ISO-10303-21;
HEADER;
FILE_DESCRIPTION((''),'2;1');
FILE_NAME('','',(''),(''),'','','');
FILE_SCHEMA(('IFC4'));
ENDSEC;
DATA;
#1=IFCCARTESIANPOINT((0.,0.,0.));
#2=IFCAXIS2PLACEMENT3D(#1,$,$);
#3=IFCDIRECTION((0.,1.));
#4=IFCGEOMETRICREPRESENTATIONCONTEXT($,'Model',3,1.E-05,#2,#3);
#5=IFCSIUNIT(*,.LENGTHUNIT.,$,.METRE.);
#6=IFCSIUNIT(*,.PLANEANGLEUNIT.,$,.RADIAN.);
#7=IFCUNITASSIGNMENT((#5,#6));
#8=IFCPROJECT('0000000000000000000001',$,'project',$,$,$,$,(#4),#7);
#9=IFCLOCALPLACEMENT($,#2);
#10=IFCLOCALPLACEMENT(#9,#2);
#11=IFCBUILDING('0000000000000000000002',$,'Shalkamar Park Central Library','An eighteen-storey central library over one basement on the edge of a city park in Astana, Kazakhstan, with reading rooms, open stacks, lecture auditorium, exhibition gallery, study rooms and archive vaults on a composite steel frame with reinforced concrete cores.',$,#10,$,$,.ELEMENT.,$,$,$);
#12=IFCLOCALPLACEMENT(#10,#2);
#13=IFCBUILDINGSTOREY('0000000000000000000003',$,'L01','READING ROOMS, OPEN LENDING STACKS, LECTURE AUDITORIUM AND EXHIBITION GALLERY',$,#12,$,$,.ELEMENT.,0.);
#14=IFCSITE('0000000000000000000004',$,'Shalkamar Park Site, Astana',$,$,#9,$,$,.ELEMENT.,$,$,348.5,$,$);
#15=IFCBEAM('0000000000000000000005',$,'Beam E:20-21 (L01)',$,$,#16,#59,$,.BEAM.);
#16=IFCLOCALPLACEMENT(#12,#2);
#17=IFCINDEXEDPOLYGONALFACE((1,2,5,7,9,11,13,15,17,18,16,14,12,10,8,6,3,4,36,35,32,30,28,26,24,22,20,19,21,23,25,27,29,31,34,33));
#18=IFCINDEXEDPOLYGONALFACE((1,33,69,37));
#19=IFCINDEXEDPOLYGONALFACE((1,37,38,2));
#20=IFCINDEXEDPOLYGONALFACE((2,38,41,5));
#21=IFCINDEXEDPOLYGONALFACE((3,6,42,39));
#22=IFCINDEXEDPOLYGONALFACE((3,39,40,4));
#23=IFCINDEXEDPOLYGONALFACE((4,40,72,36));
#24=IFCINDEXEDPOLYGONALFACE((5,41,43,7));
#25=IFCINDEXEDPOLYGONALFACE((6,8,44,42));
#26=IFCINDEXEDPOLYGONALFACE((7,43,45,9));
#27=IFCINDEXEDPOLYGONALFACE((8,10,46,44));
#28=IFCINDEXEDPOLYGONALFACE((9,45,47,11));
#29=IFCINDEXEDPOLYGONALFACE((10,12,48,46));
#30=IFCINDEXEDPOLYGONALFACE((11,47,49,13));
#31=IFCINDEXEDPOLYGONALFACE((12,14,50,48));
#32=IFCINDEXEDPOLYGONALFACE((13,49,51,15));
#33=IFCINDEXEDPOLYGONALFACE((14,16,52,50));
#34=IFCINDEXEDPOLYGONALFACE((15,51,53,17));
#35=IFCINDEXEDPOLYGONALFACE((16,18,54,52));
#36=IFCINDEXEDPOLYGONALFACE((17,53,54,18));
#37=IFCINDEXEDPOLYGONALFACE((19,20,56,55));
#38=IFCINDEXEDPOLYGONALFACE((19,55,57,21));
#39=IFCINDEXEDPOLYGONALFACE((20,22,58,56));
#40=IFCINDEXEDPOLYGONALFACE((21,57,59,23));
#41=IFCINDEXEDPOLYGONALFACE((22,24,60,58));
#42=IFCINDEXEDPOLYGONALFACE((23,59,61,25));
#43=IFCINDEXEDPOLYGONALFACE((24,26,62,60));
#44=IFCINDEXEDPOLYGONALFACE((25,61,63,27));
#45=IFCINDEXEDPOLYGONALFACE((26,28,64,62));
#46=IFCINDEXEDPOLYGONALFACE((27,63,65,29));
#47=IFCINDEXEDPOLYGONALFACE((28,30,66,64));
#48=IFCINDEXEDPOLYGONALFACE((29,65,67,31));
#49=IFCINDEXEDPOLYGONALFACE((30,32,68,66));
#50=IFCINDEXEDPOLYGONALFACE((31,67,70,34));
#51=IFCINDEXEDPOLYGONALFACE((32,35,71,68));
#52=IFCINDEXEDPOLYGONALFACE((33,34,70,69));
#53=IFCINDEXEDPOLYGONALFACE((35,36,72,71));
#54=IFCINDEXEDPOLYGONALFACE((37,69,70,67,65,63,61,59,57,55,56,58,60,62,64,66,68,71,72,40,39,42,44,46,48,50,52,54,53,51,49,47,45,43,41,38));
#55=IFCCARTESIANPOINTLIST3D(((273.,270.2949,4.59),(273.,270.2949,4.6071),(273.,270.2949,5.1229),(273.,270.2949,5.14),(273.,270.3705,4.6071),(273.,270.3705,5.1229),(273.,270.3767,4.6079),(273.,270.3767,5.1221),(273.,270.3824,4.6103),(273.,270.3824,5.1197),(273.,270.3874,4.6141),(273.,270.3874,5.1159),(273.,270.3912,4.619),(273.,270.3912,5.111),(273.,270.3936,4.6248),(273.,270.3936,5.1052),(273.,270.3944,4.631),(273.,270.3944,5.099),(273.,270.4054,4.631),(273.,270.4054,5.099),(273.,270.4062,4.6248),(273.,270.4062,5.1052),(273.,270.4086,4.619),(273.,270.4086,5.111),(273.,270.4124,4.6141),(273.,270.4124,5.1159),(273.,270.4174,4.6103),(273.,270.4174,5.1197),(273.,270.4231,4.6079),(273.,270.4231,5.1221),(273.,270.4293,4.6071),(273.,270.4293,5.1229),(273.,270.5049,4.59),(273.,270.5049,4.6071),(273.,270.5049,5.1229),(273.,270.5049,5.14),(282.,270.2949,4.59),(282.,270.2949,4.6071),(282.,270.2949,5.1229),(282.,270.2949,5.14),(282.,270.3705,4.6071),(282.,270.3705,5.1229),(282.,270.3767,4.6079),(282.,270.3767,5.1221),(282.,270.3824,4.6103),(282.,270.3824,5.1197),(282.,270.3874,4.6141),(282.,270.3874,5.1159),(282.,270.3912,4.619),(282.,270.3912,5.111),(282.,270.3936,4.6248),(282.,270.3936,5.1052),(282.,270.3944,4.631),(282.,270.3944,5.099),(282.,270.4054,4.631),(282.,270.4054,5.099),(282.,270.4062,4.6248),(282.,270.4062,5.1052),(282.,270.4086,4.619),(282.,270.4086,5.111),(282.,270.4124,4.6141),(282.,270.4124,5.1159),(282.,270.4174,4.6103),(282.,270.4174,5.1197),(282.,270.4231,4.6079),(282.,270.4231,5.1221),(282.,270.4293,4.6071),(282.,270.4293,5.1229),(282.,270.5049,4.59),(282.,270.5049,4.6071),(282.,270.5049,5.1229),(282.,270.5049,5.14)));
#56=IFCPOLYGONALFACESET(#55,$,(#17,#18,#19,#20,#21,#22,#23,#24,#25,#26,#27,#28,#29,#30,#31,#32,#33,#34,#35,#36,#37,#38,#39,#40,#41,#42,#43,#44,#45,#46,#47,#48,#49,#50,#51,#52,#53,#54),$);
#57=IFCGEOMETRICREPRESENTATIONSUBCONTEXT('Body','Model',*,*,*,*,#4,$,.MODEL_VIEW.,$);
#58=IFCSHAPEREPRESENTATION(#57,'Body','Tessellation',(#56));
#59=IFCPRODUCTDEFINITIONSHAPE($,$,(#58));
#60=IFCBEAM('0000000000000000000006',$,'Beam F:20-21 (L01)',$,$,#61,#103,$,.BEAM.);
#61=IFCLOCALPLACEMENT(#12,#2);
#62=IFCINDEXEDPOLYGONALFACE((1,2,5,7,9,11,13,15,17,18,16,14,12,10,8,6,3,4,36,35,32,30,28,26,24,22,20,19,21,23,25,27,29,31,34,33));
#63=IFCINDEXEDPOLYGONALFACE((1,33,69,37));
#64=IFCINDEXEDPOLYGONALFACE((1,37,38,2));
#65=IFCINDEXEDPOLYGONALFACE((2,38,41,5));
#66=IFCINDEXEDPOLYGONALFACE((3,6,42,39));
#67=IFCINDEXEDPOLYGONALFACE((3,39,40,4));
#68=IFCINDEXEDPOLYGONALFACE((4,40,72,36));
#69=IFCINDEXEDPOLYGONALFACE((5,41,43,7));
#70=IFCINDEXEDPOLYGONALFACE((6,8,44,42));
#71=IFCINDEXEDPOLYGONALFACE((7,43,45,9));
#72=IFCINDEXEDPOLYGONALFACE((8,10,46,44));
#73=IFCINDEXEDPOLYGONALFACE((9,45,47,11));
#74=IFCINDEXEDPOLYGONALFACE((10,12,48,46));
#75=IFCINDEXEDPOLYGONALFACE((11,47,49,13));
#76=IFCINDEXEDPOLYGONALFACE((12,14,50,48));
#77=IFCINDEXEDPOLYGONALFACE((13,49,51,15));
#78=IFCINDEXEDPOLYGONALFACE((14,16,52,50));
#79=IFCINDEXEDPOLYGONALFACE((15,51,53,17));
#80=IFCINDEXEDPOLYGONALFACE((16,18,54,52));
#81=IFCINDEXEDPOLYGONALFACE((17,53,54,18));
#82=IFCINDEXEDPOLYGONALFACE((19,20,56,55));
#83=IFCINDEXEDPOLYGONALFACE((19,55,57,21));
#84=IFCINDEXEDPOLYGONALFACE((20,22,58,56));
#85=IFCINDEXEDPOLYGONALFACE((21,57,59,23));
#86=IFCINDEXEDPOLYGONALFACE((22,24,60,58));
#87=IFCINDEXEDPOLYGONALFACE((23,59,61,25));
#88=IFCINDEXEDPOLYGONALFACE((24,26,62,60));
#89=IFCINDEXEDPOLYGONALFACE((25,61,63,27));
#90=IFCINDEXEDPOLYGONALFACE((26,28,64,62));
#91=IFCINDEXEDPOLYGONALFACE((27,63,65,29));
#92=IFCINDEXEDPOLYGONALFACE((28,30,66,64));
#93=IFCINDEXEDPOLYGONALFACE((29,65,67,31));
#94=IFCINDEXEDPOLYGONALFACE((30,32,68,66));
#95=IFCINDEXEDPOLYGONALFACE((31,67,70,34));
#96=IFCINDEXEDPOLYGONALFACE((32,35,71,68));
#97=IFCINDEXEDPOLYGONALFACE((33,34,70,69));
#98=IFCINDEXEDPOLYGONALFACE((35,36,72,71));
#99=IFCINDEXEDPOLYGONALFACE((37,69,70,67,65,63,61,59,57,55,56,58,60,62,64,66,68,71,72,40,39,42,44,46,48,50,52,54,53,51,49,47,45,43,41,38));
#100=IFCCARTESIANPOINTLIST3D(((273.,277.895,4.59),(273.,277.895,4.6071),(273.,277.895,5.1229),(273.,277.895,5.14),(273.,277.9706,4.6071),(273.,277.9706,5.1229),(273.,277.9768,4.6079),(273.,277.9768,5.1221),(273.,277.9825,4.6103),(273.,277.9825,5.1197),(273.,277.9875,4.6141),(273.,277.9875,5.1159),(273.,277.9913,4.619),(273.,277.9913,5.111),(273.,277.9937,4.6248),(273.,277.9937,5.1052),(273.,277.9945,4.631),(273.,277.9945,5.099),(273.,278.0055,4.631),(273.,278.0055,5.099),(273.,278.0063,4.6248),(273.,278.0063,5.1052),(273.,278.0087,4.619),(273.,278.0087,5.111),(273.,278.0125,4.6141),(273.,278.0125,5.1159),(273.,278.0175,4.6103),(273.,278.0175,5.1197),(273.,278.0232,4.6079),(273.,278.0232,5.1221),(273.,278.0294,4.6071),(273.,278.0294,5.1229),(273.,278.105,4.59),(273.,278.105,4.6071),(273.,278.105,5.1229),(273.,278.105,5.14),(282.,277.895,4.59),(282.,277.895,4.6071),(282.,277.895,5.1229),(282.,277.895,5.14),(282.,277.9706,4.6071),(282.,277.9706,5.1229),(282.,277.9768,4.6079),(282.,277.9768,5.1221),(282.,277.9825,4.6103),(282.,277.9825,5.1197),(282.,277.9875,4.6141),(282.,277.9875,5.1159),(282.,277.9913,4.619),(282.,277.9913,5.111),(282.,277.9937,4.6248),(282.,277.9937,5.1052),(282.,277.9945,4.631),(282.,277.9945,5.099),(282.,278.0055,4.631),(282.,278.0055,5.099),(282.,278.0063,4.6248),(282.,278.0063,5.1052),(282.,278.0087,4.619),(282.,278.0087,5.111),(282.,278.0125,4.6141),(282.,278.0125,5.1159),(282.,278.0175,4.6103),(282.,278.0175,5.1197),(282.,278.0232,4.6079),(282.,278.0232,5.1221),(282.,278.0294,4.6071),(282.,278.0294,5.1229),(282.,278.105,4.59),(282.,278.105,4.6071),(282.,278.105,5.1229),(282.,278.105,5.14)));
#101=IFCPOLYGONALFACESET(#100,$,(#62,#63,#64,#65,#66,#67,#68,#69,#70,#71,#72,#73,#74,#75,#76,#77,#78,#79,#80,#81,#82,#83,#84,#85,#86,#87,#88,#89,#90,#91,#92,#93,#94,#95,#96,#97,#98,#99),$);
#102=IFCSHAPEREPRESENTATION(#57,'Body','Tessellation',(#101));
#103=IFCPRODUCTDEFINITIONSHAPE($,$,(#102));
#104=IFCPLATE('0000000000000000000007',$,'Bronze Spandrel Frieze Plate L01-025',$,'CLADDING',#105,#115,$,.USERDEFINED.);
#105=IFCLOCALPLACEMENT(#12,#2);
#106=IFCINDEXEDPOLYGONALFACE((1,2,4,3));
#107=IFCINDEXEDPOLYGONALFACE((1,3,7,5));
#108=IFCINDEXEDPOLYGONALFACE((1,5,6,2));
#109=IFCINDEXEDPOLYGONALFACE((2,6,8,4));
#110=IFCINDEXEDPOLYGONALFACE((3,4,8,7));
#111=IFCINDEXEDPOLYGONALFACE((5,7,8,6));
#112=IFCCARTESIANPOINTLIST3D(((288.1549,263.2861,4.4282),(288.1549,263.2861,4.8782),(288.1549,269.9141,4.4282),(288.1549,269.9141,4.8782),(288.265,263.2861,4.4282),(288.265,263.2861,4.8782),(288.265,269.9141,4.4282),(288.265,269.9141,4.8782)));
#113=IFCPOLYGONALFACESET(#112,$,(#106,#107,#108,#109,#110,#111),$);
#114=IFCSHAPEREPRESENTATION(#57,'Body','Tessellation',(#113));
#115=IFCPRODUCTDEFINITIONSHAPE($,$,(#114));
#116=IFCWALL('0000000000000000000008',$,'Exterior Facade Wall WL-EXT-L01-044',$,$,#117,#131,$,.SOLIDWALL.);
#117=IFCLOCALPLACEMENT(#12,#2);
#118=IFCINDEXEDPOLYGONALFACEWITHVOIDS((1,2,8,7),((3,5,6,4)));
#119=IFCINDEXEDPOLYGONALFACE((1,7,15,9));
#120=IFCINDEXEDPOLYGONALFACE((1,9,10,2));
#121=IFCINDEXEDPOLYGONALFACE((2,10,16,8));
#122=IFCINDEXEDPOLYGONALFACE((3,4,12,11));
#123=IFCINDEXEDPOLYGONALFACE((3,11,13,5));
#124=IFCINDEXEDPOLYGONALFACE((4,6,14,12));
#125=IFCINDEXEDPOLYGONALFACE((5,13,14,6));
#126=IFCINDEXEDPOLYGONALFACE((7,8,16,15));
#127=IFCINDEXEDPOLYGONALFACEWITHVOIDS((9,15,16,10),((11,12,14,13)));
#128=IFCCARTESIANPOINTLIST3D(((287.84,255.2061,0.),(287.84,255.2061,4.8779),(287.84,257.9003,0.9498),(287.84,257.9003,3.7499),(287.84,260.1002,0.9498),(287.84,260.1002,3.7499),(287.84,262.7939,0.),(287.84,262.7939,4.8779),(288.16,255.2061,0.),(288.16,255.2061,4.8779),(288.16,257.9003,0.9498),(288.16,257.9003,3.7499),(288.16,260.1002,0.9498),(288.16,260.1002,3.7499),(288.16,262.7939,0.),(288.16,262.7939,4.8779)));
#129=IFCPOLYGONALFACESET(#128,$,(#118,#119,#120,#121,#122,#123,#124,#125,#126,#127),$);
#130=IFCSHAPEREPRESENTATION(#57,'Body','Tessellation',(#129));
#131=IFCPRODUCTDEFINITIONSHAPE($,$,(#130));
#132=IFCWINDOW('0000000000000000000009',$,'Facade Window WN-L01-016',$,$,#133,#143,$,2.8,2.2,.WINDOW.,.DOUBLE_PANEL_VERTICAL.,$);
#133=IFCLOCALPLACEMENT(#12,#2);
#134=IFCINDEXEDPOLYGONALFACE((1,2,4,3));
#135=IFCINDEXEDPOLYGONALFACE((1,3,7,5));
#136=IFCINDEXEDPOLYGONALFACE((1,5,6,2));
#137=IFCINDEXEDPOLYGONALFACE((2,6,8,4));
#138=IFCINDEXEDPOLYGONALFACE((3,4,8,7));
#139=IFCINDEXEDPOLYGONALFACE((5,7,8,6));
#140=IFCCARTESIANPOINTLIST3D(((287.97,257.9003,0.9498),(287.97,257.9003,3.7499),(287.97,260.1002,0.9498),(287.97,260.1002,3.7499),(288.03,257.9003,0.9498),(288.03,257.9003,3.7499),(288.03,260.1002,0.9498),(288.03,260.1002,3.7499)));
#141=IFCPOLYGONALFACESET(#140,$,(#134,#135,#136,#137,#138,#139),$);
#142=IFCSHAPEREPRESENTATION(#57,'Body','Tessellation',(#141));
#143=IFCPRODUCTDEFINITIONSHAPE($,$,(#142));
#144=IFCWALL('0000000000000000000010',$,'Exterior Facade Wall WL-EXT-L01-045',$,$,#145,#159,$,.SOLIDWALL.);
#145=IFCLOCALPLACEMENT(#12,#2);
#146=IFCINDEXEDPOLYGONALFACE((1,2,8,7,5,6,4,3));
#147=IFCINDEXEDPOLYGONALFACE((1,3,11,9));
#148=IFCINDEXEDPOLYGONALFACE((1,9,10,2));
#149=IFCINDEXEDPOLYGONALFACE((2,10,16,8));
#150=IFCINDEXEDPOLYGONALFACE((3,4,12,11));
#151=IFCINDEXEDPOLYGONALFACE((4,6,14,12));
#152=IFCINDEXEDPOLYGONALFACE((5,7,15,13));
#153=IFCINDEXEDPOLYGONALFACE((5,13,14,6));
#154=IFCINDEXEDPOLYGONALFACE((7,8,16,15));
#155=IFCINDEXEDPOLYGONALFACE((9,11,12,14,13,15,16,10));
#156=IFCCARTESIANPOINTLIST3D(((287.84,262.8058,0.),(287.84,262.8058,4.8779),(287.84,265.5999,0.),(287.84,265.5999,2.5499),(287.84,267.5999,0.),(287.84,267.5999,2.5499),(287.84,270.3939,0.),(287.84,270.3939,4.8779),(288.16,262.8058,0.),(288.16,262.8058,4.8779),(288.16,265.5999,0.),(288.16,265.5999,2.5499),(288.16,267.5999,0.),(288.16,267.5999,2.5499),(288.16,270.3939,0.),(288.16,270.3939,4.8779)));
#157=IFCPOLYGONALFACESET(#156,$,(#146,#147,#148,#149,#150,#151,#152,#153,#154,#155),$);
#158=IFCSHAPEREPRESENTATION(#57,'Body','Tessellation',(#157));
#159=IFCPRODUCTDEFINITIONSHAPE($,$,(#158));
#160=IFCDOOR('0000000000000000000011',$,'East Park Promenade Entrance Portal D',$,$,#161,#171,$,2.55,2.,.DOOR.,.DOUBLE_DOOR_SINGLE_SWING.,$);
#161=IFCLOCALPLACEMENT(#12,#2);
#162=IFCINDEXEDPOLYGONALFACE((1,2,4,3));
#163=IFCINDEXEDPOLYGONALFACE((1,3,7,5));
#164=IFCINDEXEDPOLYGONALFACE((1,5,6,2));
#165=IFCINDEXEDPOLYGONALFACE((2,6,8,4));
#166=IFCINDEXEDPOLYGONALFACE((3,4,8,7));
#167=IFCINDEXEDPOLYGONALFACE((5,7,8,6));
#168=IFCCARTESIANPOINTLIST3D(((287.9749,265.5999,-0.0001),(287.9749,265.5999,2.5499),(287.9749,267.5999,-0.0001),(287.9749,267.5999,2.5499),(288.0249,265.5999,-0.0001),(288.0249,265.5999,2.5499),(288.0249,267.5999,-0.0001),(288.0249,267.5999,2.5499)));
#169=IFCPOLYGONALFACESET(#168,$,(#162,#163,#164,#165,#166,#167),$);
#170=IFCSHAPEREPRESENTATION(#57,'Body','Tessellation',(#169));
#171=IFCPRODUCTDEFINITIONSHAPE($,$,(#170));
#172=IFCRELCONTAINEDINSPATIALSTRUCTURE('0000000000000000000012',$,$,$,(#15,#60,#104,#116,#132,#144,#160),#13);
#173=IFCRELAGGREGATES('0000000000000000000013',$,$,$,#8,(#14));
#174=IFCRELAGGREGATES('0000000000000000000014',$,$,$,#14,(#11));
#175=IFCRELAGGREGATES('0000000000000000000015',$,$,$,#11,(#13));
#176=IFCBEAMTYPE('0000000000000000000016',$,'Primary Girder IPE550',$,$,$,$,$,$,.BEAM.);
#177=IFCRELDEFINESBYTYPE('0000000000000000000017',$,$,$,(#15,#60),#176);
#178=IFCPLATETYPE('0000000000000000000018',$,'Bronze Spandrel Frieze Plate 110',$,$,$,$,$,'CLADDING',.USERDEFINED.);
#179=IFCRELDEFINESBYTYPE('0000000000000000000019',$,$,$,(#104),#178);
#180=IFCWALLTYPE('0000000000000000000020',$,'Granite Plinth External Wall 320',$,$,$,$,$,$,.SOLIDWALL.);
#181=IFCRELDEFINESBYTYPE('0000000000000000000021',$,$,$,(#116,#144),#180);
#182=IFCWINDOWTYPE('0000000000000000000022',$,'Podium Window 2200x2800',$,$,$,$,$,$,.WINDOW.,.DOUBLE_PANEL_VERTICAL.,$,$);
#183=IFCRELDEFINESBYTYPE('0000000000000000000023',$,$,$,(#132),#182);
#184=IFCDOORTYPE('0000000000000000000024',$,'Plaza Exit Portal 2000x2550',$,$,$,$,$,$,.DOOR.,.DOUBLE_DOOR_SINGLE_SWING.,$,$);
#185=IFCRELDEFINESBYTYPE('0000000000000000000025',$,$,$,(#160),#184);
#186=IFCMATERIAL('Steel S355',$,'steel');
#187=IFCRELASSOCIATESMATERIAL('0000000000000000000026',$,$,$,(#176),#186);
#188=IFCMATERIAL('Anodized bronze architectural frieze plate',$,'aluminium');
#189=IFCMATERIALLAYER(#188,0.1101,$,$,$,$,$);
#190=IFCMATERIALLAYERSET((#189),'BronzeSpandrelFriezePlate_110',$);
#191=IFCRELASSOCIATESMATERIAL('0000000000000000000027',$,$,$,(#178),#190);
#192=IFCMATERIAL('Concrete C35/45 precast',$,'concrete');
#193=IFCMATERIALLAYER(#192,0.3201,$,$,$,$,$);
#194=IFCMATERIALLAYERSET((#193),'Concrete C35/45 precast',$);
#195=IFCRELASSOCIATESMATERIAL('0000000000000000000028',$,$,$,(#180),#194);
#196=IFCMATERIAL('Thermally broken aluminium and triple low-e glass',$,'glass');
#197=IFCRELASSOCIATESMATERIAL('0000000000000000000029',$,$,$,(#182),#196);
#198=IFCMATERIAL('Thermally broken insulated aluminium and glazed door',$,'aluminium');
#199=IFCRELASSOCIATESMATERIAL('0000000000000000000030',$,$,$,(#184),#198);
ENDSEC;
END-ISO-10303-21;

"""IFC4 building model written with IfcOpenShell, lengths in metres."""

from ifc_helpers import new_model, si_unit, direction, frame, frame_2d, origin, origin_2d, place, context, subcontext, project, spatial, rectangle, i_section, extrude, material, layer, layer_set, material_profile, profile_set, type_object, element, fill, save


model = new_model("IFC4")

# Units and contexts
model_context = context("Model", 3, precision=1e-05, world=origin(), true_north=direction((0.0, 1.0)))
body_context = subcontext(model_context, "Body", "Model", "MODEL_VIEW")
ifc_project = project(units=[si_unit("LENGTHUNIT", "METRE"), si_unit("PLANEANGLEUNIT", "RADIAN")], contexts=[model_context])

# Site, building, storey
site_placement = place(None, origin())
site = spatial("IfcSite", under=ifc_project, at=site_placement, Name="Shalkamar Park Site, Astana", CompositionType="ELEMENT", RefElevation=348.5)
building_placement = place(site_placement, origin())
building = spatial("IfcBuilding", under=site, at=building_placement, Name="Shalkamar Park Central Library", Description="An eighteen-storey central library over one basement on the edge of a city park in Astana, Kazakhstan, with reading rooms, open stacks, lecture auditorium, exhibition gallery, study rooms and archive vaults on a composite steel frame with reinforced concrete cores.", CompositionType="ELEMENT")
storey_placement = place(building_placement, origin())
storey = spatial("IfcBuildingStorey", under=building, at=storey_placement, Name="L01", Description="READING ROOMS, OPEN LENDING STACKS, LECTURE AUDITORIUM AND EXHIBITION GALLERY", CompositionType="ELEMENT", Elevation=0.0)

# Shared definitions
ifc_material_1 = material(Name="Steel S355", Category="steel")

# Beams
ifc_material_profile_1 = material_profile(ifc_material_1, i_section(OverallWidth=0.21, OverallDepth=0.55, WebThickness=0.011, FlangeThickness=0.0171, FilletRadius=0.0239, at=origin_2d()), Name="IPE 550")
ifc_profile_set_1 = profile_set([ifc_material_profile_1], Name="Steel S355")
beam_type_1 = type_object("IfcBeamType", Name="Primary Girder IPE550", PredefinedType="BEAM", material=ifc_profile_set_1)
for number, where, z_axis, x_axis, name in (
    (1, (273.0, 270.3999, 4.865), (1.0, 0.0, 0.0), (0.0, 1.0, 0.0), "Beam E:20-21 (L01)"),
    (2, (273.0, 278.0, 4.865), (1.0, 0.0, 0.0), (0.0, 1.0, 0.0), "Beam F:20-21 (L01)"),
):
    element("IfcBeam", number, at=place(storey_placement, frame(where, z_axis=z_axis, x_axis=x_axis)), inside=storey, type_object=beam_type_1, Name=name, PredefinedType="BEAM", context=body_context, shape_type="SweptSolid", body=[
        extrude(i_section(OverallWidth=0.21, OverallDepth=0.55, WebThickness=0.011, FlangeThickness=0.0171, FilletRadius=0.0239, at=origin_2d()), origin(), (0.0, 0.0, 1.0), 9.0),
    ])

# Plate
ifc_material_2 = material(Name="Anodized bronze architectural frieze plate", Category="aluminium")
ifc_layer_1 = layer(ifc_material_2, 0.1101)
ifc_layer_set_1 = layer_set([ifc_layer_1], Name="BronzeSpandrelFriezePlate_110")
plate_type = type_object("IfcPlateType", Name="Bronze Spandrel Frieze Plate 110", ElementType="CLADDING", PredefinedType="USERDEFINED", material=ifc_layer_set_1)
plate_placement = place(storey_placement, frame((288.21, 266.6001, 4.4282), z_axis=(0.0, 0.0, 1.0), x_axis=(1.0, 0.0, 0.0)))
element("IfcPlate", 3, at=plate_placement, inside=storey, type_object=plate_type, Name="Bronze Spandrel Frieze Plate L01-025", ObjectType="CLADDING", PredefinedType="USERDEFINED", context=body_context, shape_type="SweptSolid", body=[
    extrude(rectangle(XDim=0.1101, YDim=6.6279, at=origin_2d()), origin(), (0.0, 0.0, 1.0), 0.45),
])

# Wall, opening, window
ifc_material_3 = material(Name="Concrete C35/45 precast", Category="concrete")
ifc_layer_2 = layer(ifc_material_3, 0.3201)
ifc_layer_set_2 = layer_set([ifc_layer_2], Name="Concrete C35/45 precast")
wall_type = type_object("IfcWallType", Name="Granite Plinth External Wall 320", PredefinedType="SOLIDWALL", material=ifc_layer_set_2)
wall_1_placement = place(storey_placement, frame((288.0, 255.2061, 0.0), z_axis=(0.0, 0.0, 1.0), x_axis=(0.0, 1.0, 0.0)))
wall_1 = element("IfcWall", 4, at=wall_1_placement, inside=storey, type_object=wall_type, Name="Exterior Facade Wall WL-EXT-L01-044", PredefinedType="SOLIDWALL", context=body_context, shape_type="SweptSolid", body=[
    extrude(rectangle(XDim=7.5879, YDim=0.3201, at=frame_2d((3.7939, 0.0))), origin(), (0.0, 0.0, 1.0), 4.8779),
])
opening_1_placement = place(wall_1_placement, frame((2.6941, 0.0, 0.95)))
opening_1 = element("IfcOpeningElement", 5, at=opening_1_placement, cuts=wall_1, PredefinedType="OPENING", context=body_context, shape_type="SweptSolid", body=[
    extrude(rectangle(XDim=2.2, YDim=2.8, at=frame_2d((1.1001, 1.3999))), frame((0.0, 0.1748, 0.0), z_axis=(0.0, -1.0, 0.0), x_axis=(1.0, 0.0, 0.0)), (0.0, 0.0, 1.0), 0.3499),
])
ifc_material_4 = material(Name="Thermally broken aluminium and triple low-e glass", Category="glass")
window_type_1 = type_object("IfcWindowType", Name="Podium Window 2200x2800", PartitioningType="DOUBLE_PANEL_VERTICAL", PredefinedType="WINDOW", material=ifc_material_4)
window_1_placement = place(opening_1_placement, origin())
window_1 = element("IfcWindow", 6, at=window_1_placement, inside=storey, type_object=window_type_1, Name="Facade Window WN-L01-016", OverallHeight=2.8, OverallWidth=2.2, PartitioningType="DOUBLE_PANEL_VERTICAL", PredefinedType="WINDOW", context=body_context, shape_type="SweptSolid", body=[
    extrude(rectangle(XDim=2.2, YDim=2.8, at=frame_2d((1.1001, 1.3999))), frame((0.0, 0.03, 0.0), z_axis=(0.0, -1.0, 0.0), x_axis=(1.0, 0.0, 0.0)), (0.0, 0.0, 1.0), 0.0601),
])
fill(opening_1, window_1)

# Wall, opening, door
wall_2_placement = place(storey_placement, frame((288.0, 262.8059, 0.0), z_axis=(0.0, 0.0, 1.0), x_axis=(0.0, 1.0, 0.0)))
wall_2 = element("IfcWall", 7, at=wall_2_placement, inside=storey, type_object=wall_type, Name="Exterior Facade Wall WL-EXT-L01-045", PredefinedType="SOLIDWALL", context=body_context, shape_type="SweptSolid", body=[
    extrude(rectangle(XDim=7.5881, YDim=0.3201, at=frame_2d((3.7939, 0.0))), origin(), (0.0, 0.0, 1.0), 4.8779),
])
opening_2_placement = place(wall_2_placement, frame((2.7939, 0.0, 0.0)))
opening_2 = element("IfcOpeningElement", 8, at=opening_2_placement, cuts=wall_2, PredefinedType="OPENING", context=body_context, shape_type="SweptSolid", body=[
    extrude(rectangle(XDim=2.0, YDim=2.55, at=frame_2d((1.0, 1.2749))), frame((0.0, 0.1748, 0.0), z_axis=(0.0, -1.0, 0.0), x_axis=(1.0, 0.0, 0.0)), (0.0, 0.0, 1.0), 0.3499),
])
ifc_material_5 = material(Name="Thermally broken insulated aluminium and glazed door", Category="aluminium")
door_type = type_object("IfcDoorType", Name="Plaza Exit Portal 2000x2550", OperationType="DOUBLE_DOOR_SINGLE_SWING", PredefinedType="DOOR", material=ifc_material_5)
door_placement = place(opening_2_placement, frame((2.0, 0.0, 0.0), z_axis=(0.0, 0.0, 1.0), x_axis=(-1.0, 0.0, 0.0)))
door = element("IfcDoor", 9, at=door_placement, inside=storey, type_object=door_type, Name="East Park Promenade Entrance Portal D", OperationType="DOUBLE_DOOR_SINGLE_SWING", OverallHeight=2.55, OverallWidth=2.0, PredefinedType="DOOR", context=body_context, shape_type="SweptSolid", body=[
    extrude(rectangle(XDim=2.0, YDim=2.55, at=frame_2d((1.0, 1.2749))), frame((0.0, 0.0249, 0.0), z_axis=(0.0, -1.0, 0.0), x_axis=(1.0, 0.0, 0.0)), (0.0, 0.0, 1.0), 0.05),
])
fill(opening_2, door)

save(model, "model.ifc")
